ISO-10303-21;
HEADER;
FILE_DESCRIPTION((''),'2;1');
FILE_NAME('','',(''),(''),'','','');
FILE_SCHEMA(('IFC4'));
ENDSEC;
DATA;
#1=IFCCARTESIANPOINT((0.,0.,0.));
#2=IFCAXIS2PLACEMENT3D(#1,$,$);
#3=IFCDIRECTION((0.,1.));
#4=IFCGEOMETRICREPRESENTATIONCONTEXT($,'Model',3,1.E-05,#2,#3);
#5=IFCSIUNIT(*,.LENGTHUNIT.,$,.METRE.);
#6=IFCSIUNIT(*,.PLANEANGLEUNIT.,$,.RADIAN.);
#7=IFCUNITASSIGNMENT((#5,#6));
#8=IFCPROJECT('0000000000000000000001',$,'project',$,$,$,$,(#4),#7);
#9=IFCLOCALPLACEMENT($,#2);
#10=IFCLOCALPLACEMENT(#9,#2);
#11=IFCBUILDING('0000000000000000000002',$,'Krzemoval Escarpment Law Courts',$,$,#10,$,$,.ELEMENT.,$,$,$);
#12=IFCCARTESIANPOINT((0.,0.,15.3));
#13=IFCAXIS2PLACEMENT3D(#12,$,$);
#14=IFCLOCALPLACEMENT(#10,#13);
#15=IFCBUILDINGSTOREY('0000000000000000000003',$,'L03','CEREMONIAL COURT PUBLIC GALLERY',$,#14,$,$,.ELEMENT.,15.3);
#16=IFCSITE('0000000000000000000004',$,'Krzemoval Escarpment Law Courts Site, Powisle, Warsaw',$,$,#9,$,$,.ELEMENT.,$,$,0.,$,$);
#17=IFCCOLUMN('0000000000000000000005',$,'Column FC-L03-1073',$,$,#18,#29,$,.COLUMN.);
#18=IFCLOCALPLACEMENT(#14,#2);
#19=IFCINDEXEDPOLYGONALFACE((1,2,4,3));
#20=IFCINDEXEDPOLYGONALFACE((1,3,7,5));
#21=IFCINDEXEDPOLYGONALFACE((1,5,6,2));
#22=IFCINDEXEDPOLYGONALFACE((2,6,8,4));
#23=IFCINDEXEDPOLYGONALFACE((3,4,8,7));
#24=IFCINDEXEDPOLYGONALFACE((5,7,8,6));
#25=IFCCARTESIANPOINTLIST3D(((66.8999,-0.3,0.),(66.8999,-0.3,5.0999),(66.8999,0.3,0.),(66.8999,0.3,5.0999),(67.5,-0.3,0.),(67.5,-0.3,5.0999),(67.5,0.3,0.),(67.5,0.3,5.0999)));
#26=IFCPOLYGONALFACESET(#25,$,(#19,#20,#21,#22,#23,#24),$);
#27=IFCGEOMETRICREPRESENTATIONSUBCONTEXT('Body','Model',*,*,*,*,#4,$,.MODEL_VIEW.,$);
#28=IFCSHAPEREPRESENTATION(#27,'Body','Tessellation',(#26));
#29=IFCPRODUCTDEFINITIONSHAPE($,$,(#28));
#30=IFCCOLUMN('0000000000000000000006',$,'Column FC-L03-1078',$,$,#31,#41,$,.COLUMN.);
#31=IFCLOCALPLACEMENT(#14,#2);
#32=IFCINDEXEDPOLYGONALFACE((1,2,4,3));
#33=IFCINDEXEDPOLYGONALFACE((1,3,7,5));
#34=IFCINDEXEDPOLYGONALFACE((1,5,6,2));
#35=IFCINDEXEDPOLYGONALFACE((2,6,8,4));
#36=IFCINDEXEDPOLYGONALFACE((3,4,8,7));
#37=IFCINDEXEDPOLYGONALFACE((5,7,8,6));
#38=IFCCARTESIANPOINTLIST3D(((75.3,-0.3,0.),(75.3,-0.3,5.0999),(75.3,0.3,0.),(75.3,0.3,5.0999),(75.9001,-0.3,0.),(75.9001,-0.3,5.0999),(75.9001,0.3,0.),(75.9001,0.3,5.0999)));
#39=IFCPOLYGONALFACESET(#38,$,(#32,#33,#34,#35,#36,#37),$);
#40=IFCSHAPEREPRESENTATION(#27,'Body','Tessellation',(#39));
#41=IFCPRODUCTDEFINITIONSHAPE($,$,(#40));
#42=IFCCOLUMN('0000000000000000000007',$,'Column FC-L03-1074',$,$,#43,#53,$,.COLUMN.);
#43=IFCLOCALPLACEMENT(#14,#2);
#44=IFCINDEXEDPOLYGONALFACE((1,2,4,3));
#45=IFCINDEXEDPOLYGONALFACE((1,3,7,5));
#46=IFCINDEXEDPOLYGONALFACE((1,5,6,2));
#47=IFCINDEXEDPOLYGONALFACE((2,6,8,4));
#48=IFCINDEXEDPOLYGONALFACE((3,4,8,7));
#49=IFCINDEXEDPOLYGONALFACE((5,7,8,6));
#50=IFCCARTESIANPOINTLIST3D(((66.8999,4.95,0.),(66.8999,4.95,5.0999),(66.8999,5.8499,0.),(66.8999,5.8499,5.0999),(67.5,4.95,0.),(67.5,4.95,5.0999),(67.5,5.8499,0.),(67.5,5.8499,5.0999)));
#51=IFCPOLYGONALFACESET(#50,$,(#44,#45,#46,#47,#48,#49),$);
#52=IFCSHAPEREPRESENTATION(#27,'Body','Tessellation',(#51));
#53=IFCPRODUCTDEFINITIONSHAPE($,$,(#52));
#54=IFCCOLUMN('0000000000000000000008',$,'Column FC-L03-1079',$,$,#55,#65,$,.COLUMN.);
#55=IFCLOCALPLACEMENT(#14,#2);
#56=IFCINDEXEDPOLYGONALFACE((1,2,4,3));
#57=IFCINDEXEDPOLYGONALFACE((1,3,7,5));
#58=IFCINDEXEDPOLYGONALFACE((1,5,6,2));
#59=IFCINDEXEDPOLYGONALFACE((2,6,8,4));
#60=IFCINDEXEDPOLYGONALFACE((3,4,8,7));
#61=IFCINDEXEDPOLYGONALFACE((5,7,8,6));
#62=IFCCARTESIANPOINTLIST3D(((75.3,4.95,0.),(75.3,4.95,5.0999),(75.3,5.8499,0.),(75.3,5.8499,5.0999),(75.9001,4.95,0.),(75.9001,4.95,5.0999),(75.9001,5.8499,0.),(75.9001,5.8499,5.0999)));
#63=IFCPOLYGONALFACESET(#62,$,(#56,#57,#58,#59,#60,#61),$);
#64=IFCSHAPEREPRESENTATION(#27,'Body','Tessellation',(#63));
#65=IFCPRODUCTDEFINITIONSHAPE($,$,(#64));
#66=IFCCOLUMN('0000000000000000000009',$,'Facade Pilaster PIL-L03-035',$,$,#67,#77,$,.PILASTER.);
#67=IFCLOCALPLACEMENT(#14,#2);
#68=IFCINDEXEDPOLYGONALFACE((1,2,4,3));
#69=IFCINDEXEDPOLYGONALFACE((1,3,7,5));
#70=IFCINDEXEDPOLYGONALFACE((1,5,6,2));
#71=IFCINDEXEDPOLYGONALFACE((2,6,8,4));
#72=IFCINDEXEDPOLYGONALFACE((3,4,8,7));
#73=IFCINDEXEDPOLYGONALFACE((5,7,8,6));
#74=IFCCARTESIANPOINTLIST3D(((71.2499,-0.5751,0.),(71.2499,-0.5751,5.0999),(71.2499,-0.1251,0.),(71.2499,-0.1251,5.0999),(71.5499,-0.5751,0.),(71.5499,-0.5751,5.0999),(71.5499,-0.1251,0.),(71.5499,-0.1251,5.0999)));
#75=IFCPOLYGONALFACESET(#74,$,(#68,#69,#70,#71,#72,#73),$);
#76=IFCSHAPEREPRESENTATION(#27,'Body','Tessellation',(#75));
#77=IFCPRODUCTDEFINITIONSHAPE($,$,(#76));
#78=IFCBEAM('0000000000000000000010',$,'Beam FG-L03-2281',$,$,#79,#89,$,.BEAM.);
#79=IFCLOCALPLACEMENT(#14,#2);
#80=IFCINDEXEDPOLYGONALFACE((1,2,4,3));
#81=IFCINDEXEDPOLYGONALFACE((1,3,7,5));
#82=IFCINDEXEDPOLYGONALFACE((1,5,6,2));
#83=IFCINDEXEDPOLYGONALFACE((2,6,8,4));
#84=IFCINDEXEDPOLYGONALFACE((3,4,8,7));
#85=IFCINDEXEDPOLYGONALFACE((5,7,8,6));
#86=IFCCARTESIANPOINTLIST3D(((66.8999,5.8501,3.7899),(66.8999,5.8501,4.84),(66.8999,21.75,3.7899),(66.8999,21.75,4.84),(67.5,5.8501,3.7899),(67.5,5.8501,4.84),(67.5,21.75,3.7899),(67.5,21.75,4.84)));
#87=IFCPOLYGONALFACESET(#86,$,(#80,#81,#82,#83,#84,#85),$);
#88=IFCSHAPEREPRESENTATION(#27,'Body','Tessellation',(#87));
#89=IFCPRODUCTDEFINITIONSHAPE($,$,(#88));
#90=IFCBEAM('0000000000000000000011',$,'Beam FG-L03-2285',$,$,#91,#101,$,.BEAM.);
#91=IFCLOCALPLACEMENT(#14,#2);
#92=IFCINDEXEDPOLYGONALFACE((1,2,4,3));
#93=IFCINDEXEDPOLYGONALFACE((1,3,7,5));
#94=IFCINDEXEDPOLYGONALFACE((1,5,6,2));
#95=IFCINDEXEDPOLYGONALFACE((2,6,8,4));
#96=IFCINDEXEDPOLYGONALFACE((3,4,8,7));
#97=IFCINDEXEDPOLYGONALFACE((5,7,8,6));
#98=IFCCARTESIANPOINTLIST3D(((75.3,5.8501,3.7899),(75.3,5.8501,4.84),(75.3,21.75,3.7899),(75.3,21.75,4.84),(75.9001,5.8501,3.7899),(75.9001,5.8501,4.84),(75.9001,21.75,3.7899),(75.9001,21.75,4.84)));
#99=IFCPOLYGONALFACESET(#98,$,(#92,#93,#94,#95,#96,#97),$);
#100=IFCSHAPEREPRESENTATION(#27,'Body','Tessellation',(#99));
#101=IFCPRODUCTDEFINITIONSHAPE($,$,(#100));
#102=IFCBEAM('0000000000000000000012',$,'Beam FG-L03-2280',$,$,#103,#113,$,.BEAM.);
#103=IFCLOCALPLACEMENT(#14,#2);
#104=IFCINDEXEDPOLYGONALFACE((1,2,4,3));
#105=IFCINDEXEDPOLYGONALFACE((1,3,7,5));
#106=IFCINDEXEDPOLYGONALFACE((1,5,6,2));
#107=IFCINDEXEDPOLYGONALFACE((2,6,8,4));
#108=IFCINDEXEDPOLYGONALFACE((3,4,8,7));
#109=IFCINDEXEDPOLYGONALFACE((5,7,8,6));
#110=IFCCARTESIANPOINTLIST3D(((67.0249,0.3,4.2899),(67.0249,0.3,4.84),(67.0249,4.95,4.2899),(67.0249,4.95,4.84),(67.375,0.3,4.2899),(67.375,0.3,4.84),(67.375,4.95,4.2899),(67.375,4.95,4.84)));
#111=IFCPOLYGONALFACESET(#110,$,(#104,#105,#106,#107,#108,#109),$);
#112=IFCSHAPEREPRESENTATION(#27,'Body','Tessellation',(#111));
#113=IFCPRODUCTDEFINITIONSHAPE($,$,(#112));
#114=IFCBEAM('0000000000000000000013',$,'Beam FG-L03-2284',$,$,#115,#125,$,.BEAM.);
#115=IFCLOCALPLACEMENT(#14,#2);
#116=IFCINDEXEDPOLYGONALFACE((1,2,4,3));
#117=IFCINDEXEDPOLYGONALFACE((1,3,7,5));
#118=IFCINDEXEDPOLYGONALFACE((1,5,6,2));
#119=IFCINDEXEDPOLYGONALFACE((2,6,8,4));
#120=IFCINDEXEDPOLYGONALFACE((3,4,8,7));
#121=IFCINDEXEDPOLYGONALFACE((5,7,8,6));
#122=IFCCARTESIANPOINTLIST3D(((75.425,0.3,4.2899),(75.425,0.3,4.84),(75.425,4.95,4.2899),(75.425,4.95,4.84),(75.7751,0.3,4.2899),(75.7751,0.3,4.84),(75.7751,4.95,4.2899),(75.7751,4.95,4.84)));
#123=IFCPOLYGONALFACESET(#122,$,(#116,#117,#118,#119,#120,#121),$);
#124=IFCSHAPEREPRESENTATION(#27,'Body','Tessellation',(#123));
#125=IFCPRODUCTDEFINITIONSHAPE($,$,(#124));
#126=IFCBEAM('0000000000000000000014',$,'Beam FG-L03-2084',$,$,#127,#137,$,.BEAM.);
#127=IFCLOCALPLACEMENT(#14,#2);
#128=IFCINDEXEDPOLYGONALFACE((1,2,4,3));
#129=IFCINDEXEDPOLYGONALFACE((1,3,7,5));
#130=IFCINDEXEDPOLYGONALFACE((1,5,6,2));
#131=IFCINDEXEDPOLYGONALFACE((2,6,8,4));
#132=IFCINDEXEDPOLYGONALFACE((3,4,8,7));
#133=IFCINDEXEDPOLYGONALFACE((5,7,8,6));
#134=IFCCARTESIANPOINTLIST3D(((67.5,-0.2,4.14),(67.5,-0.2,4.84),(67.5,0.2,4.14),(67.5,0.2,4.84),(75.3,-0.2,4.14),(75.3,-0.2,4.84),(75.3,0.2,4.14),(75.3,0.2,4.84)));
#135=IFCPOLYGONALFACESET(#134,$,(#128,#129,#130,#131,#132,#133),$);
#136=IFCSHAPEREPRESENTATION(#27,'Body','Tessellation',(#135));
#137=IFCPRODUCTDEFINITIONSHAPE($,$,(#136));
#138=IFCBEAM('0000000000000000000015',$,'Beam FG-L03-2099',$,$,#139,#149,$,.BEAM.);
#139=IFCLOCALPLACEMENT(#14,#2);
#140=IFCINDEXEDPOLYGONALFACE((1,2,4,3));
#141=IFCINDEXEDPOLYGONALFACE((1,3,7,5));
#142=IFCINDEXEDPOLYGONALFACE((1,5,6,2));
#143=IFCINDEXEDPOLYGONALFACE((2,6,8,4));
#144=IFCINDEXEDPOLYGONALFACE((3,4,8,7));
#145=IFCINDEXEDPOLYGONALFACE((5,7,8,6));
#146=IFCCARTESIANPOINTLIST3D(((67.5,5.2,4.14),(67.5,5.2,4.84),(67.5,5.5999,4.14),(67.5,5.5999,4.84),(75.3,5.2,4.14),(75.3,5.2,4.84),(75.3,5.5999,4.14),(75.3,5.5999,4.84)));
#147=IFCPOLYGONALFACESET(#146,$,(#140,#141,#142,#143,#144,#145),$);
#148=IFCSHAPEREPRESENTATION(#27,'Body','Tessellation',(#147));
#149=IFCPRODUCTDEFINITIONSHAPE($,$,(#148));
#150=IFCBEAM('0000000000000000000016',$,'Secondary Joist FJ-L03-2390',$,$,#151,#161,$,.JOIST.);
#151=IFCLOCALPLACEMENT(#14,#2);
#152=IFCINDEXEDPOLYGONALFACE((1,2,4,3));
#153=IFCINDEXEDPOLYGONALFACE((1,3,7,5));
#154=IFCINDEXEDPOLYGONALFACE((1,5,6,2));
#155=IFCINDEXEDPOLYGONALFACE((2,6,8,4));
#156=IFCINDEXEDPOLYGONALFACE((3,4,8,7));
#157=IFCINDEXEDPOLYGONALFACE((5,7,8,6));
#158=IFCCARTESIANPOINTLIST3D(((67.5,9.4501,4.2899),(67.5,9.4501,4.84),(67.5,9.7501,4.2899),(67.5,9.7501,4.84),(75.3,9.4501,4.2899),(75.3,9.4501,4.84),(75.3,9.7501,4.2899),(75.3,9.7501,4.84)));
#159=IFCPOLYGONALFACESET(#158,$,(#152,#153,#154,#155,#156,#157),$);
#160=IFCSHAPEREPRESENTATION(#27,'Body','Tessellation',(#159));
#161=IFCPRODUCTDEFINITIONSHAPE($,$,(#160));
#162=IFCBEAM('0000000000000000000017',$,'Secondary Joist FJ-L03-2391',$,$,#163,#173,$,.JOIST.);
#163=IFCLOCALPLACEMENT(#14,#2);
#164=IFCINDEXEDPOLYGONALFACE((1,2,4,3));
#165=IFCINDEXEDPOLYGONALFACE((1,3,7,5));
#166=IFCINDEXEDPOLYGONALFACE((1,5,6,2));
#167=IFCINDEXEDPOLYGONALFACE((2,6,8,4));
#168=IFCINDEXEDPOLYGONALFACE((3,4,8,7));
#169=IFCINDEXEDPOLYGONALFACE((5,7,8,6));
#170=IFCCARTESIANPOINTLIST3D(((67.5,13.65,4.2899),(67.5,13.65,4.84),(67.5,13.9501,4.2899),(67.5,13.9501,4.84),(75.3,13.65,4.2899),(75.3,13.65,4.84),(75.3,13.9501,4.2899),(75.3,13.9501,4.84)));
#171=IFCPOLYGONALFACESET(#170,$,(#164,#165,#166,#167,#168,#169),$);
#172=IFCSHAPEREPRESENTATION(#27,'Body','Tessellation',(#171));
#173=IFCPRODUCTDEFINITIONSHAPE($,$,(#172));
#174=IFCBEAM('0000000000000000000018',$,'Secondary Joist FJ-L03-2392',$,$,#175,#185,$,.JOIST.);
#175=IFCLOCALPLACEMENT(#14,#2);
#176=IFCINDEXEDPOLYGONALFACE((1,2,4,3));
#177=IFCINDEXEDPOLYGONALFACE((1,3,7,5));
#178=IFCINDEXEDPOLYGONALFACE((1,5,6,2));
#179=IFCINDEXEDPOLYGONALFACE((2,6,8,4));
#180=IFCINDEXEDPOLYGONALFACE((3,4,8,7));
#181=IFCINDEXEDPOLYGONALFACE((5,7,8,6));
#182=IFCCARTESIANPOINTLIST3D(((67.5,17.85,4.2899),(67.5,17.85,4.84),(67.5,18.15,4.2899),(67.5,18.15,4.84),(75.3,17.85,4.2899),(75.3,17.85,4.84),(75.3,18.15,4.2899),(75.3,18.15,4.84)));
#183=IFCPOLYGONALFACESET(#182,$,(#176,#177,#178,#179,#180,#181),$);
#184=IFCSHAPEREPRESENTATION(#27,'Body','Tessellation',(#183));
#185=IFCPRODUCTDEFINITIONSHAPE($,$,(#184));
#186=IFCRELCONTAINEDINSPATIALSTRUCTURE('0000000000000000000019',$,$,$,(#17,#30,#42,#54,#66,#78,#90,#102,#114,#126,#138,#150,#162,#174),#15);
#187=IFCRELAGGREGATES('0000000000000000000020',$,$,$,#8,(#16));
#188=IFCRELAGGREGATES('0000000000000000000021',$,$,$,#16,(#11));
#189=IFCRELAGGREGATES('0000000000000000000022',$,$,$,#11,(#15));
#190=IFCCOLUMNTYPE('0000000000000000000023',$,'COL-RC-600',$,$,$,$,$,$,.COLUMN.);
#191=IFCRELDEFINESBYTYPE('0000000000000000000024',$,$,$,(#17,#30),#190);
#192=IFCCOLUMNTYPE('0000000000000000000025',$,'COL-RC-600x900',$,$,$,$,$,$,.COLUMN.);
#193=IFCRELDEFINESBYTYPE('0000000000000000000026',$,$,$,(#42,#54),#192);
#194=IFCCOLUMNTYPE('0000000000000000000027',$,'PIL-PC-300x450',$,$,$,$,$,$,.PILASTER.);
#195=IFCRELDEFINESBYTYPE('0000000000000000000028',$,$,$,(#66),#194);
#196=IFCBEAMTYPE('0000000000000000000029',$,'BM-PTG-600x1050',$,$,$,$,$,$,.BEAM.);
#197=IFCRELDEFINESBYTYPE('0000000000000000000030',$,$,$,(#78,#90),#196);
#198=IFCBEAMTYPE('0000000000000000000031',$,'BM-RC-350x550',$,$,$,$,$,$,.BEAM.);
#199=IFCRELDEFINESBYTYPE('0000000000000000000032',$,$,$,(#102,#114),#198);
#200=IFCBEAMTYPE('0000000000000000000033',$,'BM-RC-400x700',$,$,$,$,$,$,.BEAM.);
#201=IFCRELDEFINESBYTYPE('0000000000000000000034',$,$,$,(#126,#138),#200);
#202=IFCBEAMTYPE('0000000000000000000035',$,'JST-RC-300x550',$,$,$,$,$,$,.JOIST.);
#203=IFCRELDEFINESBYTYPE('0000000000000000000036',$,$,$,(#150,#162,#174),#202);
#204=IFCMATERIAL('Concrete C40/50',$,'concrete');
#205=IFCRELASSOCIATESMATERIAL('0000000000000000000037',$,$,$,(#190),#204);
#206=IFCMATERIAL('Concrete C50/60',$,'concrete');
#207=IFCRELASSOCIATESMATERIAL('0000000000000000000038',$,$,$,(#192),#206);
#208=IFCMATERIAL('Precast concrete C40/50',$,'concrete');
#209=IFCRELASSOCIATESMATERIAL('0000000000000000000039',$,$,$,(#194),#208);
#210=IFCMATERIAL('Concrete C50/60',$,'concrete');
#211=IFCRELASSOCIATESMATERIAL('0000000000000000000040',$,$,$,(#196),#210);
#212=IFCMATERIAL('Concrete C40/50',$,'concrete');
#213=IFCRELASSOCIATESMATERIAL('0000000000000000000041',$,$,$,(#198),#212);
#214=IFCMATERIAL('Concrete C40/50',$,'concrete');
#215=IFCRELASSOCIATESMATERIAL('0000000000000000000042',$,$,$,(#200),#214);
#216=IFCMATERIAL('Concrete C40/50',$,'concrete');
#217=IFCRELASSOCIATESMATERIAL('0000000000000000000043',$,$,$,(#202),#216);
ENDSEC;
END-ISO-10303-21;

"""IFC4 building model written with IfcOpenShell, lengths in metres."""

from ifc_helpers import new_model, si_unit, direction, frame, origin, origin_2d, place, context, subcontext, project, spatial, rectangle, extrude, material, material_profile, profile_set, type_object, element, save


model = new_model("IFC4")

# Units and contexts
model_context = context("Model", 3, precision=1e-05, world=origin(), true_north=direction((0.0, 1.0)))
body_context = subcontext(model_context, "Body", "Model", "MODEL_VIEW")
ifc_project = project(units=[si_unit("LENGTHUNIT", "METRE"), si_unit("PLANEANGLEUNIT", "RADIAN")], contexts=[model_context])

# Site, building, storey
site_placement = place(None, origin())
site = spatial("IfcSite", under=ifc_project, at=site_placement, Name="Krzemoval Escarpment Law Courts Site, Powisle, Warsaw", CompositionType="ELEMENT", RefElevation=0.0)
building_placement = place(site_placement, origin())
building = spatial("IfcBuilding", under=site, at=building_placement, Name="Krzemoval Escarpment Law Courts", CompositionType="ELEMENT")
storey_placement = place(building_placement, frame((0.0, 0.0, 15.3)))
storey = spatial("IfcBuildingStorey", under=building, at=storey_placement, Name="L03", Description="CEREMONIAL COURT PUBLIC GALLERY", CompositionType="ELEMENT", Elevation=15.3)

# Columns
ifc_material_1 = material(Name="Concrete C40/50", Category="concrete")
ifc_material_profile_1 = material_profile(ifc_material_1, rectangle(XDim=0.6001, YDim=0.6001, at=origin_2d()), Name="RC 600x600")
ifc_profile_set_1 = profile_set([ifc_material_profile_1], Name="Concrete C40/50")
column_type_1 = type_object("IfcColumnType", Name="COL-RC-600", PredefinedType="COLUMN", material=ifc_profile_set_1)
for number, where, z_axis, x_axis, name in (
    (1, (67.2, 0.0, 0.0), (0.0, 0.0, 1.0), (1.0, 0.0, 0.0), "Column FC-L03-1073"),
    (2, (75.6001, 0.0, 0.0), (0.0, 0.0, 1.0), (1.0, 0.0, 0.0), "Column FC-L03-1078"),
):
    element("IfcColumn", number, at=place(storey_placement, frame(where, z_axis=z_axis, x_axis=x_axis)), inside=storey, type_object=column_type_1, Name=name, PredefinedType="COLUMN", context=body_context, shape_type="SweptSolid", body=[
        extrude(rectangle(XDim=0.6001, YDim=0.6001, at=origin_2d()), origin(), (0.0, 0.0, 1.0), 5.0999),
    ])
ifc_material_2 = material(Name="Concrete C50/60", Category="concrete")
ifc_material_profile_2 = material_profile(ifc_material_2, rectangle(XDim=0.6001, YDim=0.8999, at=origin_2d()), Name="RC 600x900")
ifc_profile_set_2 = profile_set([ifc_material_profile_2], Name="Concrete C50/60")
column_type_2 = type_object("IfcColumnType", Name="COL-RC-600x900", PredefinedType="COLUMN", material=ifc_profile_set_2)
for number, where, z_axis, x_axis, name in (
    (3, (67.2, 5.3999, 0.0), (0.0, 0.0, 1.0), (1.0, 0.0, 0.0), "Column FC-L03-1074"),
    (4, (75.6001, 5.3999, 0.0), (0.0, 0.0, 1.0), (1.0, 0.0, 0.0), "Column FC-L03-1079"),
):
    element("IfcColumn", number, at=place(storey_placement, frame(where, z_axis=z_axis, x_axis=x_axis)), inside=storey, type_object=column_type_2, Name=name, PredefinedType="COLUMN", context=body_context, shape_type="SweptSolid", body=[
        extrude(rectangle(XDim=0.6001, YDim=0.8999, at=origin_2d()), origin(), (0.0, 0.0, 1.0), 5.0999),
    ])
ifc_material_3 = material(Name="Precast concrete C40/50", Category="concrete")
ifc_material_profile_3 = material_profile(ifc_material_3, rectangle(XDim=0.3, YDim=0.45, at=origin_2d()), Name="PIL 300x450")
ifc_profile_set_3 = profile_set([ifc_material_profile_3], Name="Precast concrete C40/50")
column_type_3 = type_object("IfcColumnType", Name="PIL-PC-300x450", PredefinedType="PILASTER", material=ifc_profile_set_3)
column_placement = place(storey_placement, frame((71.3999, -0.3501, 0.0), z_axis=(0.0, 0.0, 1.0), x_axis=(1.0, 0.0, 0.0)))
element("IfcColumn", 5, at=column_placement, inside=storey, type_object=column_type_3, Name="Facade Pilaster PIL-L03-035", PredefinedType="PILASTER", context=body_context, shape_type="SweptSolid", body=[
    extrude(rectangle(XDim=0.3, YDim=0.45, at=origin_2d()), origin(), (0.0, 0.0, 1.0), 5.0999),
])

# Beams
ifc_material_4 = material(Name="Concrete C50/60", Category="concrete")
ifc_material_profile_4 = material_profile(ifc_material_4, rectangle(XDim=0.6001, YDim=1.05, at=origin_2d()), Name="PTG 600x1050")
ifc_profile_set_4 = profile_set([ifc_material_profile_4], Name="Concrete C50/60")
beam_type_1 = type_object("IfcBeamType", Name="BM-PTG-600x1050", PredefinedType="BEAM", material=ifc_profile_set_4)
for number, where, z_axis, x_axis, name in (
    (6, (67.2, 5.8501, 4.3149), (0.0, 1.0, 0.0), (-1.0, 0.0, 0.0), "Beam FG-L03-2281"),
    (7, (75.6001, 5.8501, 4.3149), (0.0, 1.0, 0.0), (-1.0, 0.0, 0.0), "Beam FG-L03-2285"),
):
    element("IfcBeam", number, at=place(storey_placement, frame(where, z_axis=z_axis, x_axis=x_axis)), inside=storey, type_object=beam_type_1, Name=name, PredefinedType="BEAM", context=body_context, shape_type="SweptSolid", body=[
        extrude(rectangle(XDim=0.6001, YDim=1.05, at=origin_2d()), origin(), (0.0, 0.0, 1.0), 15.8999),
    ])
ifc_material_5 = material(Name="Concrete C40/50", Category="concrete")
ifc_material_profile_5 = material_profile(ifc_material_5, rectangle(XDim=0.3501, YDim=0.55, at=origin_2d()), Name="RCB 350x550")
ifc_profile_set_5 = profile_set([ifc_material_profile_5], Name="Concrete C40/50")
beam_type_2 = type_object("IfcBeamType", Name="BM-RC-350x550", PredefinedType="BEAM", material=ifc_profile_set_5)
for number, where, z_axis, x_axis, name in (
    (8, (67.2, 0.3, 4.5649), (0.0, 1.0, 0.0), (-1.0, 0.0, 0.0), "Beam FG-L03-2280"),
    (9, (75.6001, 0.3, 4.5649), (0.0, 1.0, 0.0), (-1.0, 0.0, 0.0), "Beam FG-L03-2284"),
):
    element("IfcBeam", number, at=place(storey_placement, frame(where, z_axis=z_axis, x_axis=x_axis)), inside=storey, type_object=beam_type_2, Name=name, PredefinedType="BEAM", context=body_context, shape_type="SweptSolid", body=[
        extrude(rectangle(XDim=0.3501, YDim=0.55, at=origin_2d()), origin(), (0.0, 0.0, 1.0), 4.6499),
    ])
ifc_material_6 = material(Name="Concrete C40/50", Category="concrete")
ifc_material_profile_6 = material_profile(ifc_material_6, rectangle(XDim=0.3999, YDim=0.7, at=origin_2d()), Name="RCB 400x700")
ifc_profile_set_6 = profile_set([ifc_material_profile_6], Name="Concrete C40/50")
beam_type_3 = type_object("IfcBeamType", Name="BM-RC-400x700", PredefinedType="BEAM", material=ifc_profile_set_6)
for number, where, z_axis, x_axis, name in (
    (10, (67.5, 0.0, 4.49), (1.0, 0.0, 0.0), (0.0, 1.0, 0.0), "Beam FG-L03-2084"),
    (11, (67.5, 5.3999, 4.49), (1.0, 0.0, 0.0), (0.0, 1.0, 0.0), "Beam FG-L03-2099"),
):
    element("IfcBeam", number, at=place(storey_placement, frame(where, z_axis=z_axis, x_axis=x_axis)), inside=storey, type_object=beam_type_3, Name=name, PredefinedType="BEAM", context=body_context, shape_type="SweptSolid", body=[
        extrude(rectangle(XDim=0.3999, YDim=0.7, at=origin_2d()), origin(), (0.0, 0.0, 1.0), 7.8),
    ])
ifc_material_7 = material(Name="Concrete C40/50", Category="concrete")
ifc_material_profile_7 = material_profile(ifc_material_7, rectangle(XDim=0.3, YDim=0.55, at=origin_2d()), Name="RCB 300x550")
ifc_profile_set_7 = profile_set([ifc_material_profile_7], Name="Concrete C40/50")
beam_type_4 = type_object("IfcBeamType", Name="JST-RC-300x550", PredefinedType="JOIST", material=ifc_profile_set_7)
for number, where, z_axis, x_axis, name in (
    (12, (67.5, 9.6001, 4.5649), (1.0, 0.0, 0.0), (0.0, 1.0, 0.0), "Secondary Joist FJ-L03-2390"),
    (13, (67.5, 13.8, 4.5649), (1.0, 0.0, 0.0), (0.0, 1.0, 0.0), "Secondary Joist FJ-L03-2391"),
    (14, (67.5, 18.0, 4.5649), (1.0, 0.0, 0.0), (0.0, 1.0, 0.0), "Secondary Joist FJ-L03-2392"),
):
    element("IfcBeam", number, at=place(storey_placement, frame(where, z_axis=z_axis, x_axis=x_axis)), inside=storey, type_object=beam_type_4, Name=name, PredefinedType="JOIST", context=body_context, shape_type="SweptSolid", body=[
        extrude(rectangle(XDim=0.3, YDim=0.55, at=origin_2d()), origin(), (0.0, 0.0, 1.0), 7.8),
    ])

save(model, "model.ifc")
